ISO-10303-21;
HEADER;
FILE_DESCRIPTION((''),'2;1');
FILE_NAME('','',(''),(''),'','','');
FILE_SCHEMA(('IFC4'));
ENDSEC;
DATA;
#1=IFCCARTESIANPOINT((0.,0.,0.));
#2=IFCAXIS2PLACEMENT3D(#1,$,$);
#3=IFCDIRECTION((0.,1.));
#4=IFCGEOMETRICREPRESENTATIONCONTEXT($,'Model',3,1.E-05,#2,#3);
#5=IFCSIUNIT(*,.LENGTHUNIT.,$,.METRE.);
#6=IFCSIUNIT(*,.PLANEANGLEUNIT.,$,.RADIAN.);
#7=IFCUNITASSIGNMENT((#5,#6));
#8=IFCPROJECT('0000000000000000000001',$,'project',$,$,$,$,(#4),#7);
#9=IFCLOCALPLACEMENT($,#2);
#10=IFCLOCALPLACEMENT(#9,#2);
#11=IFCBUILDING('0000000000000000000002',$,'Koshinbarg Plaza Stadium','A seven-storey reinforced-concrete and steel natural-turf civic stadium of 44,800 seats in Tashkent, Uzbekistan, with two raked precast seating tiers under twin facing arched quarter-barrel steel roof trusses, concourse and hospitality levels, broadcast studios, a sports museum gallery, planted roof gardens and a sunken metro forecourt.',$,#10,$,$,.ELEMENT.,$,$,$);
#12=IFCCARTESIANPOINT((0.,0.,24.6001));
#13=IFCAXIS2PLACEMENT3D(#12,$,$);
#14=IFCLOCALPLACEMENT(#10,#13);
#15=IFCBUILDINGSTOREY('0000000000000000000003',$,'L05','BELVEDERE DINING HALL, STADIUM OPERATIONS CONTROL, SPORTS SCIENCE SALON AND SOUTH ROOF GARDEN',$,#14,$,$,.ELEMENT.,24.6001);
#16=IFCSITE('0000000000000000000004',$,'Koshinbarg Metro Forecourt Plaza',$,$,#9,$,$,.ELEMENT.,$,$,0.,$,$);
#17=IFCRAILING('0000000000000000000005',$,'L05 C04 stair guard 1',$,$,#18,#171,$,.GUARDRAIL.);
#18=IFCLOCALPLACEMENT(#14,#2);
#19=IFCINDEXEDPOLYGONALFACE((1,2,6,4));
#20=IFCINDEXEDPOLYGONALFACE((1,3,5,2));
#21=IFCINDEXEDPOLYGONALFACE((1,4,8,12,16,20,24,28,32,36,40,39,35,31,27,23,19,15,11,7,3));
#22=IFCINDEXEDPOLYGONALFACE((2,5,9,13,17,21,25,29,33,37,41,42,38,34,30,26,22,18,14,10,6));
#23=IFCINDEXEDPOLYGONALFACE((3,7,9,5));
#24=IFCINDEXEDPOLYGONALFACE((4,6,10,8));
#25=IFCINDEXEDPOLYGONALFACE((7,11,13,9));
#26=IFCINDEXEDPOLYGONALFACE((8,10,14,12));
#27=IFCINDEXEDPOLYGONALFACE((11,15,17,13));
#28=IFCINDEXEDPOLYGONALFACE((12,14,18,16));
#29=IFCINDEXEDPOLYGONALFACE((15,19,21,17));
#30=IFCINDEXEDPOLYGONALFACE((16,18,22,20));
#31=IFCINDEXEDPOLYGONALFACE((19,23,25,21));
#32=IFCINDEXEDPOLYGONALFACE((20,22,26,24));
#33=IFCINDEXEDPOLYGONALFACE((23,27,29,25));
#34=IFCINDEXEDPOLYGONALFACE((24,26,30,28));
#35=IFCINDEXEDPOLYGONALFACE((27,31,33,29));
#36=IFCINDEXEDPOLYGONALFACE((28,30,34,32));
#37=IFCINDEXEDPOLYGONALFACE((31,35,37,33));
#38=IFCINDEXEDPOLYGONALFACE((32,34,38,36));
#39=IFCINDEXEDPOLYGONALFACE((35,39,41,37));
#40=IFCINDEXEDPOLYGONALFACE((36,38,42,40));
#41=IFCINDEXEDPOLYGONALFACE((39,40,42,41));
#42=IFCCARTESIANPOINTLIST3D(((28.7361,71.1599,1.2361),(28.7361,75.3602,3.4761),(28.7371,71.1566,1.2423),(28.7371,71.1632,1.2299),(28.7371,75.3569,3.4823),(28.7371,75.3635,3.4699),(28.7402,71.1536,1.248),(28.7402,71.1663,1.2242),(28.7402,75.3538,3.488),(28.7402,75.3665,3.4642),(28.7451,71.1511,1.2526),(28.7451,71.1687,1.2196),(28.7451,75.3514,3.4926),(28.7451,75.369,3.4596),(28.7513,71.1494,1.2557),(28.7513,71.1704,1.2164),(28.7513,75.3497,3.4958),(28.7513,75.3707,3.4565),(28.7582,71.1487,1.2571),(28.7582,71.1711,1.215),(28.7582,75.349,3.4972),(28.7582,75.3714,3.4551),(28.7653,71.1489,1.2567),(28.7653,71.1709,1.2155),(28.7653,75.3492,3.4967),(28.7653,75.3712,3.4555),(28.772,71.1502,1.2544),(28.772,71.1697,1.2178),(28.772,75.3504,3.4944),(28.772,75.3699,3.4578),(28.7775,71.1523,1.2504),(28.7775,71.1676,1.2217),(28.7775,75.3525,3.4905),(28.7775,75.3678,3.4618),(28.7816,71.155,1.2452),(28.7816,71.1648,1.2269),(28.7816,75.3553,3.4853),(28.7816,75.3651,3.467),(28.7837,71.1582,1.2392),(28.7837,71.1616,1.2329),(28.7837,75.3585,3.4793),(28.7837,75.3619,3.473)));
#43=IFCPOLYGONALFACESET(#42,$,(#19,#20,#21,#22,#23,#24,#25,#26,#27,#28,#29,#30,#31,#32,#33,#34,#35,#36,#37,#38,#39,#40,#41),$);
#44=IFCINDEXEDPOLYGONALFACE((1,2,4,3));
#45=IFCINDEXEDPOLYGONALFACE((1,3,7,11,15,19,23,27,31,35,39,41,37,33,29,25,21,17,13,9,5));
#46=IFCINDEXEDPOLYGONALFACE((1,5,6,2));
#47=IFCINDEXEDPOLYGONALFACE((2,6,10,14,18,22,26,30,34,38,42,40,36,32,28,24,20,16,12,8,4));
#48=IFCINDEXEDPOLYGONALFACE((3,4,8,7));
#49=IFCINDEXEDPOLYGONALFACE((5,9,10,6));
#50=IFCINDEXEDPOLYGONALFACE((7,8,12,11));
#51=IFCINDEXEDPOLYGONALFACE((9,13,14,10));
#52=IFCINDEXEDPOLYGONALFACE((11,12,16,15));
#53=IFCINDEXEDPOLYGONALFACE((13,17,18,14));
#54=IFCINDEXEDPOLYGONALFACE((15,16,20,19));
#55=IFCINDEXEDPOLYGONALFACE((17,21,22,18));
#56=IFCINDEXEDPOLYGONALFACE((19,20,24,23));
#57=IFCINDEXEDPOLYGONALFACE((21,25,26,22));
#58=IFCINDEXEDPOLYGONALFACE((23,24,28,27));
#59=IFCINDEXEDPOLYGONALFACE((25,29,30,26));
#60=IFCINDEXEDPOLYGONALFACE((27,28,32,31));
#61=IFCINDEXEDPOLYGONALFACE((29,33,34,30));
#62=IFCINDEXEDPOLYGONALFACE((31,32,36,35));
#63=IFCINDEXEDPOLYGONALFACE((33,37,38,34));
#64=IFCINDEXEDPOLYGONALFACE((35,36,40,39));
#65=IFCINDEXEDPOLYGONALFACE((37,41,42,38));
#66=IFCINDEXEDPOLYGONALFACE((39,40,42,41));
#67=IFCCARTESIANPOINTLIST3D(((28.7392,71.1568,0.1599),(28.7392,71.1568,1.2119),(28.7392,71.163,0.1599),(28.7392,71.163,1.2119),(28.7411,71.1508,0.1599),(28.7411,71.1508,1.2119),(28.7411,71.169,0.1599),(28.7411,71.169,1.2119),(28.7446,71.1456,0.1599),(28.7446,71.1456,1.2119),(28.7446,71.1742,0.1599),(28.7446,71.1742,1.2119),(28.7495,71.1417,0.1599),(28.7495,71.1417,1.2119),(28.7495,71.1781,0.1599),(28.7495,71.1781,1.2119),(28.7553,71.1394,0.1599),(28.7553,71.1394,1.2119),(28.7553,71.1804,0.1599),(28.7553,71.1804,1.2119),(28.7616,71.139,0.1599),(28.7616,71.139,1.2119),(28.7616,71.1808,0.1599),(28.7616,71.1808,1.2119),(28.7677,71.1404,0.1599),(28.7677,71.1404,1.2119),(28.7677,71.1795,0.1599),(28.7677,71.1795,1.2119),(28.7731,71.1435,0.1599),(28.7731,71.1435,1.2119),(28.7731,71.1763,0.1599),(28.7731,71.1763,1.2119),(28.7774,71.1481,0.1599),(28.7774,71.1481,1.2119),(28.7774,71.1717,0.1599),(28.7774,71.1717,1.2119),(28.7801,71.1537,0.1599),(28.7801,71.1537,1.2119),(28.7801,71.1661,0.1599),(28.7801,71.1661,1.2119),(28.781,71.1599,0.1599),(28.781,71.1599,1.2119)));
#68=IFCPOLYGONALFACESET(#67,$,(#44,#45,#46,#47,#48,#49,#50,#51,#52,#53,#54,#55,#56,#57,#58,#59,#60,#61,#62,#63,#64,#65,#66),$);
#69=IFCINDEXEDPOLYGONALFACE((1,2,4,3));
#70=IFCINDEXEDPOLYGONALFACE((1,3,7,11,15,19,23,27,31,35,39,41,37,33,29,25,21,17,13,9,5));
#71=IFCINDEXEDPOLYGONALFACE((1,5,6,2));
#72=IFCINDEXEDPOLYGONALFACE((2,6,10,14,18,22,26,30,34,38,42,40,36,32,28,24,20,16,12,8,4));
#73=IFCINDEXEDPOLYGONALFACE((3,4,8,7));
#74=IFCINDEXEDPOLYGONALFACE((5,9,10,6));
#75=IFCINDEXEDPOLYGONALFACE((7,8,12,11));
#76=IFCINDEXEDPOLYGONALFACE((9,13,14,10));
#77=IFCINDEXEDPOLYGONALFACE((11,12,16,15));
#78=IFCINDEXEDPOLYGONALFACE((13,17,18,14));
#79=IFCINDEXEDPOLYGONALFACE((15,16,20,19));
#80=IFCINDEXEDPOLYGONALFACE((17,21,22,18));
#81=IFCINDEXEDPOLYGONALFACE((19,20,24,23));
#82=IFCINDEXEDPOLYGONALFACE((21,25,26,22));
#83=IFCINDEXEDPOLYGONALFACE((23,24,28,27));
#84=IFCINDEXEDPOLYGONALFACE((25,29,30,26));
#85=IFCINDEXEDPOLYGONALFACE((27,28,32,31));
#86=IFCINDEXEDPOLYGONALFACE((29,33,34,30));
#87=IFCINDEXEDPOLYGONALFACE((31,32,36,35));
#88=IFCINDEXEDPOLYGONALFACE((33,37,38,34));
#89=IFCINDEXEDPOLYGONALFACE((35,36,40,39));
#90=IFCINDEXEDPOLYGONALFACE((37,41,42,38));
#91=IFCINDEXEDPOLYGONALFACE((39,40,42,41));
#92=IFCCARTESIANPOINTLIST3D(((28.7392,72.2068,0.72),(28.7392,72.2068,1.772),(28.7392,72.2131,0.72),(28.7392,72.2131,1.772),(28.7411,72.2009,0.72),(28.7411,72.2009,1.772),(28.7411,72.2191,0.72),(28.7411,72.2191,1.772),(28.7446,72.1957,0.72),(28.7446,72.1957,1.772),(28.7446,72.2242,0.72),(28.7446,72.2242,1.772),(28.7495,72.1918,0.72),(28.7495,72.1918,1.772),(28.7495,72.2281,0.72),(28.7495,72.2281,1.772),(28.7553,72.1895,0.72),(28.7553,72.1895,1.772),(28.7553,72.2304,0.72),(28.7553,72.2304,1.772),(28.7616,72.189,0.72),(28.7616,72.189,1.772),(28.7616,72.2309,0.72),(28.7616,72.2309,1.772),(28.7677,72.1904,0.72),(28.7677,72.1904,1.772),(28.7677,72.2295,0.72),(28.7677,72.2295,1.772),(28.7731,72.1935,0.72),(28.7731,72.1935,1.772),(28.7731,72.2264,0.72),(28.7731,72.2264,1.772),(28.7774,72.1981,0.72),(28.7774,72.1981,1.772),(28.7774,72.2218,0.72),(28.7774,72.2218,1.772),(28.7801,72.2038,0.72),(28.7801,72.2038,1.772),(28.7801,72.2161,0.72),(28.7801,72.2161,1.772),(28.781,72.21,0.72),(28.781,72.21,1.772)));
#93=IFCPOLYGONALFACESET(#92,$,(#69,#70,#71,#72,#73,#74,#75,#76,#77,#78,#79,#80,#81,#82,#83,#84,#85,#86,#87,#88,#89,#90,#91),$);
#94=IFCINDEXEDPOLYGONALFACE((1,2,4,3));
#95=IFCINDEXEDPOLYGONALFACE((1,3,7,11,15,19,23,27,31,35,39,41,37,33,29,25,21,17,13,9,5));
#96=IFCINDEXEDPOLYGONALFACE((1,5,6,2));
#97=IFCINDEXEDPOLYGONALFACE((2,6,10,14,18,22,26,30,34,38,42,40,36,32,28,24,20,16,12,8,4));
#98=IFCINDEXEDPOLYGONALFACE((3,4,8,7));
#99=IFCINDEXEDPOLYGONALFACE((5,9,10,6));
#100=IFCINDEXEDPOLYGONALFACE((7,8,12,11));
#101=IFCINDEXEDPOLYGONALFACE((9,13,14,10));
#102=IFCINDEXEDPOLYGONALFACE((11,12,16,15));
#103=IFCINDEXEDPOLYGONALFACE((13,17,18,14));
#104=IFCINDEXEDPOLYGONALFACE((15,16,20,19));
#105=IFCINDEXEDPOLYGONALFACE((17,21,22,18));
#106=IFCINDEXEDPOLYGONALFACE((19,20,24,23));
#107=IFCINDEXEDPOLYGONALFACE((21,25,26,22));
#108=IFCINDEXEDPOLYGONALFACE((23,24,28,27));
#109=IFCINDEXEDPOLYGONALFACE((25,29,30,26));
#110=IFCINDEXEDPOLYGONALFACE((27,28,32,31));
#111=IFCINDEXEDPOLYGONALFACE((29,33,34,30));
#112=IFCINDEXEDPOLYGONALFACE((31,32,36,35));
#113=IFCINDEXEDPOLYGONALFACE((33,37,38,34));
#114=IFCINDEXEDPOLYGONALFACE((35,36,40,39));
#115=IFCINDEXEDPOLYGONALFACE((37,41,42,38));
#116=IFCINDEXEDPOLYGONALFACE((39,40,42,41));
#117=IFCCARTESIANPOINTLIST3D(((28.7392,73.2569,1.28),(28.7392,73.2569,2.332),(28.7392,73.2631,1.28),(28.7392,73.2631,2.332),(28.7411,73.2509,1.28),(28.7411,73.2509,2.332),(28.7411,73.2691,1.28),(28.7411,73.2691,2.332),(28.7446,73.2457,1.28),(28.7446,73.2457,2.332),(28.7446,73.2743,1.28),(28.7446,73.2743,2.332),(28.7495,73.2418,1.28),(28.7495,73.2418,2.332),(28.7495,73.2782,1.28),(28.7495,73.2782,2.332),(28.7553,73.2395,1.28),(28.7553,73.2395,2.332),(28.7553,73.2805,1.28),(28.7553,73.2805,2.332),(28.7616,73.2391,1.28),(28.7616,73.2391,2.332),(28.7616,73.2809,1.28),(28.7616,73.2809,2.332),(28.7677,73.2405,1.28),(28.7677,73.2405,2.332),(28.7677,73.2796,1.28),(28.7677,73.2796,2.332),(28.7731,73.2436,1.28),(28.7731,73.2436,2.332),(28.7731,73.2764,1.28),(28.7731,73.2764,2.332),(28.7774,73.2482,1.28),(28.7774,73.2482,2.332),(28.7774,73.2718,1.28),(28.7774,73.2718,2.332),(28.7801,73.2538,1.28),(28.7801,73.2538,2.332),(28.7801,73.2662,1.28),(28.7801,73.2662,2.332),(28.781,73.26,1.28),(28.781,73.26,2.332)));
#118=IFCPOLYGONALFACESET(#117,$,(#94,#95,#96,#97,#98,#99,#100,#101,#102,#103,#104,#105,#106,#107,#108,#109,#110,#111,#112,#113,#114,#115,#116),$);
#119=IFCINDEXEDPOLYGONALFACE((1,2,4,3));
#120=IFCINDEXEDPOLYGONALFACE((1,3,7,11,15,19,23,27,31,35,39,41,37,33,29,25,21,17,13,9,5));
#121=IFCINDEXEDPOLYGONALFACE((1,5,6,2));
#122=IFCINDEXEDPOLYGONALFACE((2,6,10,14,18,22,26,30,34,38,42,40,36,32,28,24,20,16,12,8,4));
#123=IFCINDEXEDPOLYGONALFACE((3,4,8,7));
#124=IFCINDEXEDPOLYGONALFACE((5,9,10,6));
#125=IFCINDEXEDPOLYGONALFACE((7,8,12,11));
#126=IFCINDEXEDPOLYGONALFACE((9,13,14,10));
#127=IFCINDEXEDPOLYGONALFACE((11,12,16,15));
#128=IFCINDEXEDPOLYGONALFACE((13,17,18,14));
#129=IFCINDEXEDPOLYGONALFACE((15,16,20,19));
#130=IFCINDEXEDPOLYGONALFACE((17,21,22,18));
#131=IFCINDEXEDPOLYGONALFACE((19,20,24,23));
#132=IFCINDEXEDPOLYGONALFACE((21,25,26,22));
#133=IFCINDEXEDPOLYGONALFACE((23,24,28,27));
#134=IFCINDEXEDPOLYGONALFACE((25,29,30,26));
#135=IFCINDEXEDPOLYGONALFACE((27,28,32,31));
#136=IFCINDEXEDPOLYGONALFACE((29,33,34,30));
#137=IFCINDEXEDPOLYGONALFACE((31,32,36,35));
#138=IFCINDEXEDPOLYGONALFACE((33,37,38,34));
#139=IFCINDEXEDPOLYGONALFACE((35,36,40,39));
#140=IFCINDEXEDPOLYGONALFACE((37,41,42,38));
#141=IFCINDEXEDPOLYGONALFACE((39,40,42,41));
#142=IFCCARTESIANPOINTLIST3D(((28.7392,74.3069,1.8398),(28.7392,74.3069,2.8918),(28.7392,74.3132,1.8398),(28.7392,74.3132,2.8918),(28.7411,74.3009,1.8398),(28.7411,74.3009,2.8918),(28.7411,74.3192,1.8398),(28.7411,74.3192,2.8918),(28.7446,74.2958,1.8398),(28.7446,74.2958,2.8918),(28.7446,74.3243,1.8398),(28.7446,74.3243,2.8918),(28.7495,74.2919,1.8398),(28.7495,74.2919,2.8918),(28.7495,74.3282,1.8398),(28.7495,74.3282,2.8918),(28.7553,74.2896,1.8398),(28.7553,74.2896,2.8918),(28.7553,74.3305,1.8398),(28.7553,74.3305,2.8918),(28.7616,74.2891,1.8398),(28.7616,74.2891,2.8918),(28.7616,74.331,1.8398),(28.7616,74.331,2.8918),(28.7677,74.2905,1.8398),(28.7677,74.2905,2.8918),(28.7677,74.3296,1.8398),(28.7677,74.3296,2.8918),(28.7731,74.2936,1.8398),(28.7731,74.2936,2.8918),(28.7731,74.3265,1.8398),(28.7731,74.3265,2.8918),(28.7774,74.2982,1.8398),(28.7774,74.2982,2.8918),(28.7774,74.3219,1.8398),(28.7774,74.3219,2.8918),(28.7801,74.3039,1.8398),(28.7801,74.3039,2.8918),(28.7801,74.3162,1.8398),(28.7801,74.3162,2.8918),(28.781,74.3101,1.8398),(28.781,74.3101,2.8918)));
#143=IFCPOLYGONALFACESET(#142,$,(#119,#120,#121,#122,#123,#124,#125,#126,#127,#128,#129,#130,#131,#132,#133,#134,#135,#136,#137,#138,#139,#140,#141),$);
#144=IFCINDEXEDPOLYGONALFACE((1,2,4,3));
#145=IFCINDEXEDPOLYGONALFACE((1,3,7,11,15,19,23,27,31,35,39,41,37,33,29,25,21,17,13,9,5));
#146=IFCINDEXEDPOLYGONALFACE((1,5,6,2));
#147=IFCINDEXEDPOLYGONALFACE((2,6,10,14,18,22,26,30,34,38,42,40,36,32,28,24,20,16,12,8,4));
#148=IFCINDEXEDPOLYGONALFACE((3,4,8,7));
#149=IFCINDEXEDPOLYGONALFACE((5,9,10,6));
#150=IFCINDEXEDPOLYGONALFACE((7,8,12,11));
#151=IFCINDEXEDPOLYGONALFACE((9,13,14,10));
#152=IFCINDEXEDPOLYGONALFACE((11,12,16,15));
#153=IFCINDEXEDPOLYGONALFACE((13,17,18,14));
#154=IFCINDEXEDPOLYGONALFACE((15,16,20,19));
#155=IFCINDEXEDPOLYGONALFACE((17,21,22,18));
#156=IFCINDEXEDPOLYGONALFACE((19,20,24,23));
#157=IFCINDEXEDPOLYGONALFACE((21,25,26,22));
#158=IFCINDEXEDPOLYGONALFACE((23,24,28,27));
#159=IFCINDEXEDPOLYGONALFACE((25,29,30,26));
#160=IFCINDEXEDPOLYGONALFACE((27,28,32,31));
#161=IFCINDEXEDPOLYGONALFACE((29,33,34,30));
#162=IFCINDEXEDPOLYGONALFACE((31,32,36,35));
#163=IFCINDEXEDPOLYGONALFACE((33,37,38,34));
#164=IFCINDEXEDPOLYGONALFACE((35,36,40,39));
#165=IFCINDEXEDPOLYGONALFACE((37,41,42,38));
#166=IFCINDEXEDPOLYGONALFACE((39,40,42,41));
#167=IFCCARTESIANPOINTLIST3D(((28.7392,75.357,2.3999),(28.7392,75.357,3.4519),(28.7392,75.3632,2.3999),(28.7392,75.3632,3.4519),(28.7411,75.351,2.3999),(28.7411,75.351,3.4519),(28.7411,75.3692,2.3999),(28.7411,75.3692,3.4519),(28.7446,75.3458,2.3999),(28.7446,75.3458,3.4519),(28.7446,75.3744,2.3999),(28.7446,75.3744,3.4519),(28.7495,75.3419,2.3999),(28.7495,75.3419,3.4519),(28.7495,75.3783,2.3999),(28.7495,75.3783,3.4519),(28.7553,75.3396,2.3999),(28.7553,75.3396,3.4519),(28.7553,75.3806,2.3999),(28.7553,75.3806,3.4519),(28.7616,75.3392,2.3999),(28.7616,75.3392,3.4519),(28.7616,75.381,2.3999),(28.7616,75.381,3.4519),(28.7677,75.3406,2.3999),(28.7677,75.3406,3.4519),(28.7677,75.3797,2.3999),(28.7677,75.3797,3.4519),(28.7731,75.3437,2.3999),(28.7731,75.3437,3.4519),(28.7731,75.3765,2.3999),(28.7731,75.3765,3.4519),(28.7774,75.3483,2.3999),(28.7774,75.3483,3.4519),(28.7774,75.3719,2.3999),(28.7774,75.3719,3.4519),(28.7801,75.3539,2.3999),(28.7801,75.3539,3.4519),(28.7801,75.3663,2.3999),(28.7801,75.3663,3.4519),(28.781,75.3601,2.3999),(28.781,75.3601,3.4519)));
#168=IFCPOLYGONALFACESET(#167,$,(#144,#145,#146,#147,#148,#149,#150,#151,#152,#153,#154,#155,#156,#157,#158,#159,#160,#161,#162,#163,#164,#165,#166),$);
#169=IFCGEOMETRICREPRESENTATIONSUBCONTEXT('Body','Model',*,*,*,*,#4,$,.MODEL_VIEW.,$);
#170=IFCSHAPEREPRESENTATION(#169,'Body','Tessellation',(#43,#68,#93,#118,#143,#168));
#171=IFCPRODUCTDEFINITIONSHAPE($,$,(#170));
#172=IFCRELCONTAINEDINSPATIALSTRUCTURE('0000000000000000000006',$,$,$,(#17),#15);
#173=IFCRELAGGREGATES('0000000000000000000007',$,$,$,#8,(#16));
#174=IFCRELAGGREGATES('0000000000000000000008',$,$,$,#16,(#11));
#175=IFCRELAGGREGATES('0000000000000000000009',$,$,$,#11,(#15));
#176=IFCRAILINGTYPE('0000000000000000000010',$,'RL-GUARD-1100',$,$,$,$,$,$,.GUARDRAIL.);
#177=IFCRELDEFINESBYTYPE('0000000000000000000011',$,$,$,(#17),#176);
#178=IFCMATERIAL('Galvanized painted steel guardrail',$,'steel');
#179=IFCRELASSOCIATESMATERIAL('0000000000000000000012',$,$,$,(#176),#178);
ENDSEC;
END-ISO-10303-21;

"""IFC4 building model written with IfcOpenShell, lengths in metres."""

from ifc_helpers import new_model, si_unit, direction, frame, origin, origin_2d, place, context, subcontext, project, spatial, circle, extrude, material, type_object, element, save


model = new_model("IFC4")

# Units and contexts
model_context = context("Model", 3, precision=1e-05, world=origin(), true_north=direction((0.0, 1.0)))
body_context = subcontext(model_context, "Body", "Model", "MODEL_VIEW")
ifc_project = project(units=[si_unit("LENGTHUNIT", "METRE"), si_unit("PLANEANGLEUNIT", "RADIAN")], contexts=[model_context])

# Site, building, storey
site_placement = place(None, origin())
site = spatial("IfcSite", under=ifc_project, at=site_placement, Name="Koshinbarg Metro Forecourt Plaza", CompositionType="ELEMENT", RefElevation=0.0)
building_placement = place(site_placement, origin())
building = spatial("IfcBuilding", under=site, at=building_placement, Name="Koshinbarg Plaza Stadium", Description="A seven-storey reinforced-concrete and steel natural-turf civic stadium of 44,800 seats in Tashkent, Uzbekistan, with two raked precast seating tiers under twin facing arched quarter-barrel steel roof trusses, concourse and hospitality levels, broadcast studios, a sports museum gallery, planted roof gardens and a sunken metro forecourt.", CompositionType="ELEMENT")
storey_placement = place(building_placement, frame((0.0, 0.0, 24.6001)))
storey = spatial("IfcBuildingStorey", under=building, at=storey_placement, Name="L05", Description="BELVEDERE DINING HALL, STADIUM OPERATIONS CONTROL, SPORTS SCIENCE SALON AND SOUTH ROOF GARDEN", CompositionType="ELEMENT", Elevation=24.6001)

# Railing
ifc_material_1 = material(Name="Galvanized painted steel guardrail", Category="steel")
railing_type_1 = type_object("IfcRailingType", Name="RL-GUARD-1100", PredefinedType="GUARDRAIL", material=ifc_material_1)
railing_1_placement = place(storey_placement, frame((28.76, 71.1599, 0.1599)))
element("IfcRailing", 1, at=railing_1_placement, inside=storey, type_object=railing_type_1, Name="L05 C04 stair guard 1", PredefinedType="GUARDRAIL", context=body_context, shape_type="SweptSolid", body=[
    extrude(circle(Radius=0.0239, at=origin_2d()), frame((0.0, 0.0, 1.0762), z_axis=(0.0, 0.882363, 0.47057), x_axis=(-1.0, 0.0, 0.0)), (0.0, 0.0, 1.0), 4.7603),
    extrude(circle(Radius=0.021, at=origin_2d()), origin(), (0.0, 0.0, 1.0), 1.052),
    extrude(circle(Radius=0.021, at=origin_2d()), frame((0.0, 1.05, 0.5601)), (0.0, 0.0, 1.0), 1.052),
    extrude(circle(Radius=0.021, at=origin_2d()), frame((0.0, 2.1001, 1.1201)), (0.0, 0.0, 1.0), 1.052),
    extrude(circle(Radius=0.021, at=origin_2d()), frame((0.0, 3.1501, 1.6799)), (0.0, 0.0, 1.0), 1.052),
    extrude(circle(Radius=0.021, at=origin_2d()), frame((0.0, 4.2002, 2.24)), (0.0, 0.0, 1.0), 1.052),
])

save(model, "model.ifc")
